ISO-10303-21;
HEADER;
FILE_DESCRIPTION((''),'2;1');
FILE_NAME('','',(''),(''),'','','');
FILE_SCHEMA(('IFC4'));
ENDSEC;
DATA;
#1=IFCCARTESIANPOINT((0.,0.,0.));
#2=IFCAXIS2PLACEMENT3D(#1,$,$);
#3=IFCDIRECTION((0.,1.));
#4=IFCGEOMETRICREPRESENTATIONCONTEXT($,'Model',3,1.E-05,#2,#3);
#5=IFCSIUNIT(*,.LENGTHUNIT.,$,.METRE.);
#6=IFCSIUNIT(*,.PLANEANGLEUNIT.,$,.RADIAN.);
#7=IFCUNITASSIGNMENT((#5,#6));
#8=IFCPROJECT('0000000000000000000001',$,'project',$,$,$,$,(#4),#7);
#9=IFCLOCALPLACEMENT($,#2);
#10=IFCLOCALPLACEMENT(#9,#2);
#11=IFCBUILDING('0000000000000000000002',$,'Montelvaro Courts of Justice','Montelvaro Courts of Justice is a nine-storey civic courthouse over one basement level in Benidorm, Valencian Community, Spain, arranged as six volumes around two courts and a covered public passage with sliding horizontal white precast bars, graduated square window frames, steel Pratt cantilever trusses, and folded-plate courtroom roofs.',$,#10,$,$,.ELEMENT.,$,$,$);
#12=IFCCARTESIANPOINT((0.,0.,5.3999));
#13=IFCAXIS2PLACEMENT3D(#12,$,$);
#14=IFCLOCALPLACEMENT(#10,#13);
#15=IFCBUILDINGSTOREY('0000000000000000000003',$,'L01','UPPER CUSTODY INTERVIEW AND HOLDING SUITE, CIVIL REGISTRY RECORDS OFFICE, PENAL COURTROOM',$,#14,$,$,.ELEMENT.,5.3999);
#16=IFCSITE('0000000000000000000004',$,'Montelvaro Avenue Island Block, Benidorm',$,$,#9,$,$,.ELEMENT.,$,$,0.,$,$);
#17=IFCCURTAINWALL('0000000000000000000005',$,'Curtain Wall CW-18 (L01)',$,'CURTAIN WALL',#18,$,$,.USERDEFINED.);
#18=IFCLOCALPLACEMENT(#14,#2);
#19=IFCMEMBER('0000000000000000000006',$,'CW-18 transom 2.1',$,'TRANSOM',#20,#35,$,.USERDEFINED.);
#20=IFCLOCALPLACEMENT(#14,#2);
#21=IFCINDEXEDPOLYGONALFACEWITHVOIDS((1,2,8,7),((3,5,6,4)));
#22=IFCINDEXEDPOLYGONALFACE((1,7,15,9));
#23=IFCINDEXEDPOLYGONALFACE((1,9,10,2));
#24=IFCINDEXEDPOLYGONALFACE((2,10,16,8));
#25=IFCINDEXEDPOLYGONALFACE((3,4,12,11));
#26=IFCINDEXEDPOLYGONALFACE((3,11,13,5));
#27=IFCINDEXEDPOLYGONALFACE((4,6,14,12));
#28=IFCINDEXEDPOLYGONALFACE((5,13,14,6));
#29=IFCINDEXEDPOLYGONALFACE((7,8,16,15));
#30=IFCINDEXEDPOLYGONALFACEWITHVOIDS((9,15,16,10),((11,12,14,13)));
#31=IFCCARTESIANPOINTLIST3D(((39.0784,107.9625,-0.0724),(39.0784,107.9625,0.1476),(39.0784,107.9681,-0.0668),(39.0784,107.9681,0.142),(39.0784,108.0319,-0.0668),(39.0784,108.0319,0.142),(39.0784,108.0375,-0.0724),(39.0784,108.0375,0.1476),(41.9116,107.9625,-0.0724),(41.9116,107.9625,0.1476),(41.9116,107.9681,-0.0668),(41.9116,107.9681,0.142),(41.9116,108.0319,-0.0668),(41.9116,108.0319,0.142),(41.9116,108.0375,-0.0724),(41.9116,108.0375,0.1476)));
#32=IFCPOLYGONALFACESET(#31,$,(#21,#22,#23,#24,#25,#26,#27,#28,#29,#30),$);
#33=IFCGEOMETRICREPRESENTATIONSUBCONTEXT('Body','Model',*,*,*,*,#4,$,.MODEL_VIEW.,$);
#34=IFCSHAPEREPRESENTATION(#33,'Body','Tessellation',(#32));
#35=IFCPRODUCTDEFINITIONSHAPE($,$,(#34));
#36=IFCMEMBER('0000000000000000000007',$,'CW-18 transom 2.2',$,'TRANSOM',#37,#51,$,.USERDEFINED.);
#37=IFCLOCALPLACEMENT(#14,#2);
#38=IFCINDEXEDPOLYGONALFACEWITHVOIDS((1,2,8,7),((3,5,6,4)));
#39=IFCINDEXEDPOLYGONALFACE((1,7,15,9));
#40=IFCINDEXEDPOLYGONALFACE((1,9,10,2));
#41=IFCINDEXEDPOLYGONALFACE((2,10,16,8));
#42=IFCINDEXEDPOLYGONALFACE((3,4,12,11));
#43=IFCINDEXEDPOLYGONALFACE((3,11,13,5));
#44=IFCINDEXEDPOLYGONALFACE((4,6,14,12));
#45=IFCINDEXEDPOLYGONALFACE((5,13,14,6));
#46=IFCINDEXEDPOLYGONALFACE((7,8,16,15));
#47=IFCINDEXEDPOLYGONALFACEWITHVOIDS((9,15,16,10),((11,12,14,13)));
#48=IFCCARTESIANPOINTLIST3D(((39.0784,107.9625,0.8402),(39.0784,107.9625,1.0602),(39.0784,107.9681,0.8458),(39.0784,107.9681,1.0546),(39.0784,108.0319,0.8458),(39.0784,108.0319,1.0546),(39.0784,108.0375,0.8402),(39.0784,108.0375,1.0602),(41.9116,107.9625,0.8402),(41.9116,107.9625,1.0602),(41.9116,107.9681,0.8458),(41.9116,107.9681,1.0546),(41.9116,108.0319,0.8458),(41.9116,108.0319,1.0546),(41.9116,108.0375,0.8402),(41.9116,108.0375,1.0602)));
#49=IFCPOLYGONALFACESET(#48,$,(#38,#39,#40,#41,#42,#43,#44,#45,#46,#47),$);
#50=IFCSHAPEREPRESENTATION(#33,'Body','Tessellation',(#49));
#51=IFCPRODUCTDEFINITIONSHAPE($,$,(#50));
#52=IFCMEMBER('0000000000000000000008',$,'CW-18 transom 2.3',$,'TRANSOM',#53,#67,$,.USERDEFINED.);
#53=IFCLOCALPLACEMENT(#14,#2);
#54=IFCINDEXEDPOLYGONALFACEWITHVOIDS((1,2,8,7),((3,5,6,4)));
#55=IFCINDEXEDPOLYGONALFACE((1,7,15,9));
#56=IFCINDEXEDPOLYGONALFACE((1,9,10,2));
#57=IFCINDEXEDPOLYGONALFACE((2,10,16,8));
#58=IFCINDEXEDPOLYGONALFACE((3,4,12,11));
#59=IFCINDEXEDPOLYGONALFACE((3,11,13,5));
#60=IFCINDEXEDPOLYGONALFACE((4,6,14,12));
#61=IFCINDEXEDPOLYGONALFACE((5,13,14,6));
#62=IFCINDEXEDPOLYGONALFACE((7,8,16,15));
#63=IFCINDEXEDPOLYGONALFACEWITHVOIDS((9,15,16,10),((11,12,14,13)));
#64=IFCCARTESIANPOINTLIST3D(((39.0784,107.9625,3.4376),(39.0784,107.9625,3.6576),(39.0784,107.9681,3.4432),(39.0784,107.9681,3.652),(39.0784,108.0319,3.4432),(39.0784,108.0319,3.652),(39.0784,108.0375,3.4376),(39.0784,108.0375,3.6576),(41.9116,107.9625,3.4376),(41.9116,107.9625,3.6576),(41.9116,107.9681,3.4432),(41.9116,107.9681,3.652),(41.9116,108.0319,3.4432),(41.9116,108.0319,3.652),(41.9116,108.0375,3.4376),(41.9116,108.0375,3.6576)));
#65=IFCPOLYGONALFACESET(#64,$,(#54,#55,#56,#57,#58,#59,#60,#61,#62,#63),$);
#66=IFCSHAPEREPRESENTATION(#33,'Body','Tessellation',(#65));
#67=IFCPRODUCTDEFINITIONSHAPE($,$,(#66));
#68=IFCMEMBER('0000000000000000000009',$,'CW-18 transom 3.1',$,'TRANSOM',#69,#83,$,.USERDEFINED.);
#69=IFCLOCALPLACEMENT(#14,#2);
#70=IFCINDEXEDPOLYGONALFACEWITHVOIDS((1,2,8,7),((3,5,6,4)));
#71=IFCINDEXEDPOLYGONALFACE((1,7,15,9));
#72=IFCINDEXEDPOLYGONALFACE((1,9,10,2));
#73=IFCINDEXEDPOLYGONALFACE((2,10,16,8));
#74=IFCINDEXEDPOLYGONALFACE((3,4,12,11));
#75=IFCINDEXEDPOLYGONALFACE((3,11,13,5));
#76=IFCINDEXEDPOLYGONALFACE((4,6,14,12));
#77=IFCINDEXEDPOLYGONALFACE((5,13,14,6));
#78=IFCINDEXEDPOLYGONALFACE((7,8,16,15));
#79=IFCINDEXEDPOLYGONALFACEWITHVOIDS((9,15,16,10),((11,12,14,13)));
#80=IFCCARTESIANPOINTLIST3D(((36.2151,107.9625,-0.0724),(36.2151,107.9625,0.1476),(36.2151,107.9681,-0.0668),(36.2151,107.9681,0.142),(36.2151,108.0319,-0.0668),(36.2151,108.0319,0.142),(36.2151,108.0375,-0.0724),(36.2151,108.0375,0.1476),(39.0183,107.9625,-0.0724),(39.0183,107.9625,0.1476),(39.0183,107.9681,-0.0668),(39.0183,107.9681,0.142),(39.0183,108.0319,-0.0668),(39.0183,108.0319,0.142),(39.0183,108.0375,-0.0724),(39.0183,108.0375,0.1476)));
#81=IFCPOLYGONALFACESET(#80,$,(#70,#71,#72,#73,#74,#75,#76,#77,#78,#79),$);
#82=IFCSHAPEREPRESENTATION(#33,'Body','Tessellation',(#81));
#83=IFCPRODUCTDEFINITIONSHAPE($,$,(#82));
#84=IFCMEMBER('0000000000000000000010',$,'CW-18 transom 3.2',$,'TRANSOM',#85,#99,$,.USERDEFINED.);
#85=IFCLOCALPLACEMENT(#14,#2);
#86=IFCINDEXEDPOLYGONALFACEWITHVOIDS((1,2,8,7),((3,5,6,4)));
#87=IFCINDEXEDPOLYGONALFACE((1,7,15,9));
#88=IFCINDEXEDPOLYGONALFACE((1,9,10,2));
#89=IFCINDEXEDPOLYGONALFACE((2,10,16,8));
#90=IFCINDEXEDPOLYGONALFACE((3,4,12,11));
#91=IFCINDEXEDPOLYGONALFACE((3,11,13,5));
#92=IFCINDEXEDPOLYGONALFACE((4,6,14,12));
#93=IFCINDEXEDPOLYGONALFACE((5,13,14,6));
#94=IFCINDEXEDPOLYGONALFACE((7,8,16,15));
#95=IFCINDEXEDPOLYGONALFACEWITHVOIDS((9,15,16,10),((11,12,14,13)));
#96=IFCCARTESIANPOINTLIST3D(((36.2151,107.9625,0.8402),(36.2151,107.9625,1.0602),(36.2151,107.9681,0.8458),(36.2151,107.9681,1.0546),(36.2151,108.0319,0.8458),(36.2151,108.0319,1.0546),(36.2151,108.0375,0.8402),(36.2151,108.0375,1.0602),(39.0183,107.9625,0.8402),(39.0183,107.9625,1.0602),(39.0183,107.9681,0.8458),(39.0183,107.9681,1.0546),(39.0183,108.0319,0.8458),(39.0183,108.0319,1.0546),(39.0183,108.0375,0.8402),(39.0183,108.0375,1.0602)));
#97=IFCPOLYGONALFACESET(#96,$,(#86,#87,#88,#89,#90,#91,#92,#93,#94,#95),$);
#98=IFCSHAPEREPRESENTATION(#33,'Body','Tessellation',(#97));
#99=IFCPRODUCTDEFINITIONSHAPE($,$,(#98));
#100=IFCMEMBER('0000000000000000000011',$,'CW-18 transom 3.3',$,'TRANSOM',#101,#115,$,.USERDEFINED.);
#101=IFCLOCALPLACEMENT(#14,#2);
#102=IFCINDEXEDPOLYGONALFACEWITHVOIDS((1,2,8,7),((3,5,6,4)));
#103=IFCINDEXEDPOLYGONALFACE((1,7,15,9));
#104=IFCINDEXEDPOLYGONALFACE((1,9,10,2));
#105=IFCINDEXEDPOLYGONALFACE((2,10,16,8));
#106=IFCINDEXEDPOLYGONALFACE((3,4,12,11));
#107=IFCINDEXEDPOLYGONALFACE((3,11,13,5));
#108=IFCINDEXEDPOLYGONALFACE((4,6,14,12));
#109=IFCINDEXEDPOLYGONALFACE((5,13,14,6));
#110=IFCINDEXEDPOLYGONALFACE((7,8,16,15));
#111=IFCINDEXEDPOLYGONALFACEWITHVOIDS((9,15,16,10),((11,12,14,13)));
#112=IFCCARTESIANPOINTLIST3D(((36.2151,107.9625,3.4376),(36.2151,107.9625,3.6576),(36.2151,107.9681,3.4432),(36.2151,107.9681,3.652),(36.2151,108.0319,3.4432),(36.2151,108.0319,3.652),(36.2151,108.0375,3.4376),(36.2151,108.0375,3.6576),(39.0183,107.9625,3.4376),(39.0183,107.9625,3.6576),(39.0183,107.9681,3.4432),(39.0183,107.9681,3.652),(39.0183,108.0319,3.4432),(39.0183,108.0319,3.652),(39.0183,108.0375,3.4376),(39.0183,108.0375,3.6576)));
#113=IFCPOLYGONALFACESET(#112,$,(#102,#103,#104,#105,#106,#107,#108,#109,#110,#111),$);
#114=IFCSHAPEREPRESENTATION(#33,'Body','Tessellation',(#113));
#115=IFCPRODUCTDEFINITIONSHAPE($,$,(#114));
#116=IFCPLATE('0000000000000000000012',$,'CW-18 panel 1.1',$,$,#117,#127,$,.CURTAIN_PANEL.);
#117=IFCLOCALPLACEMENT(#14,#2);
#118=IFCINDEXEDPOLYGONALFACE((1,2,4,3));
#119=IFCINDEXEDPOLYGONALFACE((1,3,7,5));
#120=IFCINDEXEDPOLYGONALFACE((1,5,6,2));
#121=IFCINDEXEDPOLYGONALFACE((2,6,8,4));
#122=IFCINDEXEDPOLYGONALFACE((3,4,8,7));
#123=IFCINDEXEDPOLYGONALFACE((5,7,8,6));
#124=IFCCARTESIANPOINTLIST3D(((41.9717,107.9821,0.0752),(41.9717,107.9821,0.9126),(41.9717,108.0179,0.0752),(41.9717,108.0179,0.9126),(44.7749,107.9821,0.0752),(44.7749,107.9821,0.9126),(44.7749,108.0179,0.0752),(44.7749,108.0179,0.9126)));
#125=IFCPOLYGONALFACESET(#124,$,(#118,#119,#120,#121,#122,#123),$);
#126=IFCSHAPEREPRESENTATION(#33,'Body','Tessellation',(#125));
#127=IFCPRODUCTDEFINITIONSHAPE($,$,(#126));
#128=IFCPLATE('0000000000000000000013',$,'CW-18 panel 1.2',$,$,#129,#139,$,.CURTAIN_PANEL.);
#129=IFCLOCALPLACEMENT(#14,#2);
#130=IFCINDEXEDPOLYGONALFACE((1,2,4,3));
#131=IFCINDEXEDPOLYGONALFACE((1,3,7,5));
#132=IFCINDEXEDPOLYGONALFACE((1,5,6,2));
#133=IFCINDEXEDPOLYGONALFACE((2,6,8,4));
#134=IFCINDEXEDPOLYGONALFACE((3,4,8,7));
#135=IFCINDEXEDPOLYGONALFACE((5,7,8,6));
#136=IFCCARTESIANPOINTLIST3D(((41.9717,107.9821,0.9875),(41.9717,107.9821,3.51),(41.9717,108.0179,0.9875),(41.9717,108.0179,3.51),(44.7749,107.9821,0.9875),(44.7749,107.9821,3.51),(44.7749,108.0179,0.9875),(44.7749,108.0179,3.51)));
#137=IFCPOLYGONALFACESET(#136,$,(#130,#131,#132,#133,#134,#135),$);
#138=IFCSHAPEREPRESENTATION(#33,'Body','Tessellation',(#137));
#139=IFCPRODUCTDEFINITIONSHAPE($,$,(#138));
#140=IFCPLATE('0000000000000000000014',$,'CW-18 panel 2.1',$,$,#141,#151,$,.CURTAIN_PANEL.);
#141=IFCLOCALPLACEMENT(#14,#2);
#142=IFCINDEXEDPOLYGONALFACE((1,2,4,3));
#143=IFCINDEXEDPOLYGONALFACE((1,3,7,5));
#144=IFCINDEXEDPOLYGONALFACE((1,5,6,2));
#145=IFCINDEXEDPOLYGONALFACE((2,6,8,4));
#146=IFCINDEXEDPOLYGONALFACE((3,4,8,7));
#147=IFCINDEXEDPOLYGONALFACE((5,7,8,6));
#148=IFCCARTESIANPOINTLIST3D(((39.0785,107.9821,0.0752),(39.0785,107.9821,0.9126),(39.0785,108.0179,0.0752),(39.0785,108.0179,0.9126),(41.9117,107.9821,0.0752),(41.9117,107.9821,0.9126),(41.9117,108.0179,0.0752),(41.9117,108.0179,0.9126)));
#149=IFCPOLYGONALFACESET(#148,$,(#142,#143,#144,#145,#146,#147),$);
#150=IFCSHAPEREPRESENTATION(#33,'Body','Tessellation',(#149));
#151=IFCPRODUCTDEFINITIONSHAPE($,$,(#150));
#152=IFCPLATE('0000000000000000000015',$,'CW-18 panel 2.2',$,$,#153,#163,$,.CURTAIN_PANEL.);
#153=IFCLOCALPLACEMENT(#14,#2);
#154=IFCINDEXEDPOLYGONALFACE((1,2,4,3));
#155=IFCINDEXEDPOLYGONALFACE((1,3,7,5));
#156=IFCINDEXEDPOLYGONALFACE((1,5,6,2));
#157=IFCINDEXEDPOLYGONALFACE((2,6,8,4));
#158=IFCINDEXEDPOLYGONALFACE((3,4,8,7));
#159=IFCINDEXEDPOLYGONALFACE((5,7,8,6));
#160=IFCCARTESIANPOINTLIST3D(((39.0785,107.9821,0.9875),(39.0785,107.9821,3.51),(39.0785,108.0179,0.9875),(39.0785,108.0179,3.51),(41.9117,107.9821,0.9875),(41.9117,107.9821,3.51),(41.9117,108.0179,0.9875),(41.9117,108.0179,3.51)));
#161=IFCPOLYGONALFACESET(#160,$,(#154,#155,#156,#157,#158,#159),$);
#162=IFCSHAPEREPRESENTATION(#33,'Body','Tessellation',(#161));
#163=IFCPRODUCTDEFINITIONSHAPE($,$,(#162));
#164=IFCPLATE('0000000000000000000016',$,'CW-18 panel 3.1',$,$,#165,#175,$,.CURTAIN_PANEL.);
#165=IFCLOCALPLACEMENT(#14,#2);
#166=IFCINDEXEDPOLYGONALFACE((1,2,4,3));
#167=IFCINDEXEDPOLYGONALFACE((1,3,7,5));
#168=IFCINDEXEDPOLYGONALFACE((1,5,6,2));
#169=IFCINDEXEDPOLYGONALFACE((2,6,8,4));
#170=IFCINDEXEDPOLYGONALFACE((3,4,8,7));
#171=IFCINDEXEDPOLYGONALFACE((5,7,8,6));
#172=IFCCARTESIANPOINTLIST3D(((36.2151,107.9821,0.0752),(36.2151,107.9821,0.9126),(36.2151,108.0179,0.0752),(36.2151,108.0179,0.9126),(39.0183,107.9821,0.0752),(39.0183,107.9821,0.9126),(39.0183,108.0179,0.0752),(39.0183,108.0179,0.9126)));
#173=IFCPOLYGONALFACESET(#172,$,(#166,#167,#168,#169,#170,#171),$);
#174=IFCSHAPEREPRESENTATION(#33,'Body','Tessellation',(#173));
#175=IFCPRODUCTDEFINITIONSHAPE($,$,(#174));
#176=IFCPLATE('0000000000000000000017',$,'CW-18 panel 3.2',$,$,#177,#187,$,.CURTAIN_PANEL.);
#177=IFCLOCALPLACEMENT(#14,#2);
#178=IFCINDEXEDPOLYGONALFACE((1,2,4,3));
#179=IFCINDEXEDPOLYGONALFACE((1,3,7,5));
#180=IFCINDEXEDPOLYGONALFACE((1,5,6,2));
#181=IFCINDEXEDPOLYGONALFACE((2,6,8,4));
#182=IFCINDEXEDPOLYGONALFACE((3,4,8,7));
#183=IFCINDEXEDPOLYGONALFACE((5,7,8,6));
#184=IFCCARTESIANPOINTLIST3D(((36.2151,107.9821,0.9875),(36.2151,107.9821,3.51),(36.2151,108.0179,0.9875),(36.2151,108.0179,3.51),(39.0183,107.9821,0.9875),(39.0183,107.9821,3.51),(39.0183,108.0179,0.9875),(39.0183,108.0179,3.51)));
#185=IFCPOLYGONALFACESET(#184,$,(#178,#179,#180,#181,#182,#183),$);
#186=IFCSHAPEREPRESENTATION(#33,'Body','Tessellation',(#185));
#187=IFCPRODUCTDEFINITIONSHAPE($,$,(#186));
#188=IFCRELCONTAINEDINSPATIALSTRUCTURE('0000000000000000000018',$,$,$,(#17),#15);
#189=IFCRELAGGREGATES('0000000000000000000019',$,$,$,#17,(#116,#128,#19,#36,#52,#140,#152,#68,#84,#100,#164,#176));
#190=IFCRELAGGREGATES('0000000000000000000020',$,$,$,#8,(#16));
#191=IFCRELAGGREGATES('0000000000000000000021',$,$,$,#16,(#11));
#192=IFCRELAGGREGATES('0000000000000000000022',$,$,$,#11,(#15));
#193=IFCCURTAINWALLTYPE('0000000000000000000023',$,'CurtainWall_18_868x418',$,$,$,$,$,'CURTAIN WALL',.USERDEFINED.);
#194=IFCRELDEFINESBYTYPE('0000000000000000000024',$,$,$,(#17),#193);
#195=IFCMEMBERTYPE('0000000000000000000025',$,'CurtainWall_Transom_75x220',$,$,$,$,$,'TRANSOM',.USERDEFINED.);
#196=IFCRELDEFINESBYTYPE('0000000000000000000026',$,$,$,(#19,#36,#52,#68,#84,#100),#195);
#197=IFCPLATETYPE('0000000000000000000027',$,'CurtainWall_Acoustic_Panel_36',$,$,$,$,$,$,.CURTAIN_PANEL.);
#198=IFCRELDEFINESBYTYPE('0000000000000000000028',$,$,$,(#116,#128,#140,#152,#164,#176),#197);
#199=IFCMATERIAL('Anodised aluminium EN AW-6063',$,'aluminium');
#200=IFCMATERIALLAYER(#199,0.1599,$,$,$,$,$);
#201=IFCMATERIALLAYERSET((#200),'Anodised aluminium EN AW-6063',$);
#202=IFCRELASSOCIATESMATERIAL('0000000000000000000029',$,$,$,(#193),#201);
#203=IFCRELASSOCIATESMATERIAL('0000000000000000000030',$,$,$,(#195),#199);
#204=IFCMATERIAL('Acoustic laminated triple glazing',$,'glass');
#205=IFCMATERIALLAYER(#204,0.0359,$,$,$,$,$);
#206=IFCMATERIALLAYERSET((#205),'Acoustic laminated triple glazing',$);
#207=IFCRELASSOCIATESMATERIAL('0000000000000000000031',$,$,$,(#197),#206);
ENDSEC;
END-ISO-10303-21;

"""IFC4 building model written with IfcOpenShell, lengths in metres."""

from ifc_helpers import new_model, si_unit, direction, frame, origin, origin_2d, place, context, subcontext, project, spatial, rectangle, hollow_rectangle, extrude, material, layer, layer_set, material_profile, profile_set, type_object, element, aggregate, save


model = new_model("IFC4")

# Units and contexts
model_context = context("Model", 3, precision=1e-05, world=origin(), true_north=direction((0.0, 1.0)))
body_context = subcontext(model_context, "Body", "Model", "MODEL_VIEW")
ifc_project = project(units=[si_unit("LENGTHUNIT", "METRE"), si_unit("PLANEANGLEUNIT", "RADIAN")], contexts=[model_context])

# Site, building, storey
site_placement = place(None, origin())
site = spatial("IfcSite", under=ifc_project, at=site_placement, Name="Montelvaro Avenue Island Block, Benidorm", CompositionType="ELEMENT", RefElevation=0.0)
building_placement = place(site_placement, origin())
building = spatial("IfcBuilding", under=site, at=building_placement, Name="Montelvaro Courts of Justice", Description="Montelvaro Courts of Justice is a nine-storey civic courthouse over one basement level in Benidorm, Valencian Community, Spain, arranged as six volumes around two courts and a covered public passage with sliding horizontal white precast bars, graduated square window frames, steel Pratt cantilever trusses, and folded-plate courtroom roofs.", CompositionType="ELEMENT")
storey_placement = place(building_placement, frame((0.0, 0.0, 5.3999)))
storey = spatial("IfcBuildingStorey", under=building, at=storey_placement, Name="L01", Description="UPPER CUSTODY INTERVIEW AND HOLDING SUITE, CIVIL REGISTRY RECORDS OFFICE, PENAL COURTROOM", CompositionType="ELEMENT", Elevation=5.3999)

# Curtain wall
ifc_material_1 = material(Name="Anodised aluminium EN AW-6063", Category="aluminium")
ifc_layer_1 = layer(ifc_material_1, 0.1599)
ifc_layer_set_1 = layer_set([ifc_layer_1], Name="Anodised aluminium EN AW-6063")
curtain_wall_type = type_object("IfcCurtainWallType", Name="CurtainWall_18_868x418", ElementType="CURTAIN WALL", PredefinedType="USERDEFINED", material=ifc_layer_set_1)
curtain_wall_1_placement = place(storey_placement, origin())
curtain_wall_1 = element("IfcCurtainWall", 1, at=curtain_wall_1_placement, inside=storey, type_object=curtain_wall_type, Name="Curtain Wall CW-18 (L01)", ObjectType="CURTAIN WALL", PredefinedType="USERDEFINED")

# Members
ifc_material_profile_1 = material_profile(ifc_material_1, hollow_rectangle(XDim=0.075, YDim=0.22, WallThickness=0.0056, at=origin_2d()), Name="ALU-T 75x220")
ifc_profile_set_1 = profile_set([ifc_material_profile_1], Name="Anodised aluminium EN AW-6063")
member_type_1 = type_object("IfcMemberType", Name="CurtainWall_Transom_75x220", ElementType="TRANSOM", PredefinedType="USERDEFINED", material=ifc_profile_set_1)
member_1_placement = place(storey_placement, frame((41.9116, 108.0, 0.0376), z_axis=(-1.0, 0.0, 0.0), x_axis=(0.0, -1.0, 0.0)))
member_1 = element("IfcMember", 2, at=member_1_placement, type_object=member_type_1, Name="CW-18 transom 2.1", ObjectType="TRANSOM", PredefinedType="USERDEFINED", context=body_context, shape_type="SweptSolid", body=[
    extrude(hollow_rectangle(XDim=0.075, YDim=0.22, WallThickness=0.0056, at=origin_2d()), origin(), (0.0, 0.0, 1.0), 2.8333),
])
member_2_placement = place(storey_placement, frame((41.9116, 108.0, 0.9502), z_axis=(-1.0, 0.0, 0.0), x_axis=(0.0, -1.0, 0.0)))
member_2 = element("IfcMember", 3, at=member_2_placement, type_object=member_type_1, Name="CW-18 transom 2.2", ObjectType="TRANSOM", PredefinedType="USERDEFINED", context=body_context, shape_type="SweptSolid", body=[
    extrude(hollow_rectangle(XDim=0.075, YDim=0.22, WallThickness=0.0056, at=origin_2d()), origin(), (0.0, 0.0, 1.0), 2.8333),
])
member_3_placement = place(storey_placement, frame((41.9116, 108.0, 3.5476), z_axis=(-1.0, 0.0, 0.0), x_axis=(0.0, -1.0, 0.0)))
member_3 = element("IfcMember", 4, at=member_3_placement, type_object=member_type_1, Name="CW-18 transom 2.3", ObjectType="TRANSOM", PredefinedType="USERDEFINED", context=body_context, shape_type="SweptSolid", body=[
    extrude(hollow_rectangle(XDim=0.075, YDim=0.22, WallThickness=0.0056, at=origin_2d()), origin(), (0.0, 0.0, 1.0), 2.8333),
])
member_4_placement = place(storey_placement, frame((39.0183, 108.0, 0.0376), z_axis=(-1.0, 0.0, 0.0), x_axis=(0.0, -1.0, 0.0)))
member_4 = element("IfcMember", 5, at=member_4_placement, type_object=member_type_1, Name="CW-18 transom 3.1", ObjectType="TRANSOM", PredefinedType="USERDEFINED", context=body_context, shape_type="SweptSolid", body=[
    extrude(hollow_rectangle(XDim=0.075, YDim=0.22, WallThickness=0.0056, at=origin_2d()), origin(), (0.0, 0.0, 1.0), 2.8032),
])
member_5_placement = place(storey_placement, frame((39.0183, 108.0, 0.9502), z_axis=(-1.0, 0.0, 0.0), x_axis=(0.0, -1.0, 0.0)))
member_5 = element("IfcMember", 6, at=member_5_placement, type_object=member_type_1, Name="CW-18 transom 3.2", ObjectType="TRANSOM", PredefinedType="USERDEFINED", context=body_context, shape_type="SweptSolid", body=[
    extrude(hollow_rectangle(XDim=0.075, YDim=0.22, WallThickness=0.0056, at=origin_2d()), origin(), (0.0, 0.0, 1.0), 2.8032),
])
member_6_placement = place(storey_placement, frame((39.0183, 108.0, 3.5476), z_axis=(-1.0, 0.0, 0.0), x_axis=(0.0, -1.0, 0.0)))
member_6 = element("IfcMember", 7, at=member_6_placement, type_object=member_type_1, Name="CW-18 transom 3.3", ObjectType="TRANSOM", PredefinedType="USERDEFINED", context=body_context, shape_type="SweptSolid", body=[
    extrude(hollow_rectangle(XDim=0.075, YDim=0.22, WallThickness=0.0056, at=origin_2d()), origin(), (0.0, 0.0, 1.0), 2.8032),
])

# Plates
ifc_material_2 = material(Name="Acoustic laminated triple glazing", Category="glass")
ifc_layer_2 = layer(ifc_material_2, 0.0359)
ifc_layer_set_2 = layer_set([ifc_layer_2], Name="Acoustic laminated triple glazing")
plate_type_1 = type_object("IfcPlateType", Name="CurtainWall_Acoustic_Panel_36", PredefinedType="CURTAIN_PANEL", material=ifc_layer_set_2)
plate_1_placement = place(storey_placement, frame((43.3733, 108.0, 0.0752), z_axis=(0.0, 0.0, 1.0), x_axis=(-1.0, 0.0, 0.0)))
plate_1 = element("IfcPlate", 8, at=plate_1_placement, type_object=plate_type_1, Name="CW-18 panel 1.1", PredefinedType="CURTAIN_PANEL", context=body_context, shape_type="SweptSolid", body=[
    extrude(rectangle(XDim=2.8032, YDim=0.0359, at=origin_2d()), origin(), (0.0, 0.0, 1.0), 0.8374),
])
plate_2_placement = place(storey_placement, frame((43.3733, 108.0, 0.9875), z_axis=(0.0, 0.0, 1.0), x_axis=(-1.0, 0.0, 0.0)))
plate_2 = element("IfcPlate", 9, at=plate_2_placement, type_object=plate_type_1, Name="CW-18 panel 1.2", PredefinedType="CURTAIN_PANEL", context=body_context, shape_type="SweptSolid", body=[
    extrude(rectangle(XDim=2.8032, YDim=0.0359, at=origin_2d()), origin(), (0.0, 0.0, 1.0), 2.5225),
])
plate_3_placement = place(storey_placement, frame((40.4951, 108.0, 0.0752), z_axis=(0.0, 0.0, 1.0), x_axis=(-1.0, 0.0, 0.0)))
plate_3 = element("IfcPlate", 10, at=plate_3_placement, type_object=plate_type_1, Name="CW-18 panel 2.1", PredefinedType="CURTAIN_PANEL", context=body_context, shape_type="SweptSolid", body=[
    extrude(rectangle(XDim=2.8333, YDim=0.0359, at=origin_2d()), origin(), (0.0, 0.0, 1.0), 0.8374),
])
plate_4_placement = place(storey_placement, frame((40.4951, 108.0, 0.9875), z_axis=(0.0, 0.0, 1.0), x_axis=(-1.0, 0.0, 0.0)))
plate_4 = element("IfcPlate", 11, at=plate_4_placement, type_object=plate_type_1, Name="CW-18 panel 2.2", PredefinedType="CURTAIN_PANEL", context=body_context, shape_type="SweptSolid", body=[
    extrude(rectangle(XDim=2.8333, YDim=0.0359, at=origin_2d()), origin(), (0.0, 0.0, 1.0), 2.5225),
])
plate_5_placement = place(storey_placement, frame((37.6167, 108.0, 0.0752), z_axis=(0.0, 0.0, 1.0), x_axis=(-1.0, 0.0, 0.0)))
plate_5 = element("IfcPlate", 12, at=plate_5_placement, type_object=plate_type_1, Name="CW-18 panel 3.1", PredefinedType="CURTAIN_PANEL", context=body_context, shape_type="SweptSolid", body=[
    extrude(rectangle(XDim=2.8032, YDim=0.0359, at=origin_2d()), origin(), (0.0, 0.0, 1.0), 0.8374),
])
plate_6_placement = place(storey_placement, frame((37.6167, 108.0, 0.9875), z_axis=(0.0, 0.0, 1.0), x_axis=(-1.0, 0.0, 0.0)))
plate_6 = element("IfcPlate", 13, at=plate_6_placement, type_object=plate_type_1, Name="CW-18 panel 3.2", PredefinedType="CURTAIN_PANEL", context=body_context, shape_type="SweptSolid", body=[
    extrude(rectangle(XDim=2.8032, YDim=0.0359, at=origin_2d()), origin(), (0.0, 0.0, 1.0), 2.5225),
])
aggregate(curtain_wall_1, [plate_1, plate_2, member_1, member_2, member_3, plate_3, plate_4, member_4, member_5, member_6, plate_5, plate_6])

save(model, "model.ifc")
